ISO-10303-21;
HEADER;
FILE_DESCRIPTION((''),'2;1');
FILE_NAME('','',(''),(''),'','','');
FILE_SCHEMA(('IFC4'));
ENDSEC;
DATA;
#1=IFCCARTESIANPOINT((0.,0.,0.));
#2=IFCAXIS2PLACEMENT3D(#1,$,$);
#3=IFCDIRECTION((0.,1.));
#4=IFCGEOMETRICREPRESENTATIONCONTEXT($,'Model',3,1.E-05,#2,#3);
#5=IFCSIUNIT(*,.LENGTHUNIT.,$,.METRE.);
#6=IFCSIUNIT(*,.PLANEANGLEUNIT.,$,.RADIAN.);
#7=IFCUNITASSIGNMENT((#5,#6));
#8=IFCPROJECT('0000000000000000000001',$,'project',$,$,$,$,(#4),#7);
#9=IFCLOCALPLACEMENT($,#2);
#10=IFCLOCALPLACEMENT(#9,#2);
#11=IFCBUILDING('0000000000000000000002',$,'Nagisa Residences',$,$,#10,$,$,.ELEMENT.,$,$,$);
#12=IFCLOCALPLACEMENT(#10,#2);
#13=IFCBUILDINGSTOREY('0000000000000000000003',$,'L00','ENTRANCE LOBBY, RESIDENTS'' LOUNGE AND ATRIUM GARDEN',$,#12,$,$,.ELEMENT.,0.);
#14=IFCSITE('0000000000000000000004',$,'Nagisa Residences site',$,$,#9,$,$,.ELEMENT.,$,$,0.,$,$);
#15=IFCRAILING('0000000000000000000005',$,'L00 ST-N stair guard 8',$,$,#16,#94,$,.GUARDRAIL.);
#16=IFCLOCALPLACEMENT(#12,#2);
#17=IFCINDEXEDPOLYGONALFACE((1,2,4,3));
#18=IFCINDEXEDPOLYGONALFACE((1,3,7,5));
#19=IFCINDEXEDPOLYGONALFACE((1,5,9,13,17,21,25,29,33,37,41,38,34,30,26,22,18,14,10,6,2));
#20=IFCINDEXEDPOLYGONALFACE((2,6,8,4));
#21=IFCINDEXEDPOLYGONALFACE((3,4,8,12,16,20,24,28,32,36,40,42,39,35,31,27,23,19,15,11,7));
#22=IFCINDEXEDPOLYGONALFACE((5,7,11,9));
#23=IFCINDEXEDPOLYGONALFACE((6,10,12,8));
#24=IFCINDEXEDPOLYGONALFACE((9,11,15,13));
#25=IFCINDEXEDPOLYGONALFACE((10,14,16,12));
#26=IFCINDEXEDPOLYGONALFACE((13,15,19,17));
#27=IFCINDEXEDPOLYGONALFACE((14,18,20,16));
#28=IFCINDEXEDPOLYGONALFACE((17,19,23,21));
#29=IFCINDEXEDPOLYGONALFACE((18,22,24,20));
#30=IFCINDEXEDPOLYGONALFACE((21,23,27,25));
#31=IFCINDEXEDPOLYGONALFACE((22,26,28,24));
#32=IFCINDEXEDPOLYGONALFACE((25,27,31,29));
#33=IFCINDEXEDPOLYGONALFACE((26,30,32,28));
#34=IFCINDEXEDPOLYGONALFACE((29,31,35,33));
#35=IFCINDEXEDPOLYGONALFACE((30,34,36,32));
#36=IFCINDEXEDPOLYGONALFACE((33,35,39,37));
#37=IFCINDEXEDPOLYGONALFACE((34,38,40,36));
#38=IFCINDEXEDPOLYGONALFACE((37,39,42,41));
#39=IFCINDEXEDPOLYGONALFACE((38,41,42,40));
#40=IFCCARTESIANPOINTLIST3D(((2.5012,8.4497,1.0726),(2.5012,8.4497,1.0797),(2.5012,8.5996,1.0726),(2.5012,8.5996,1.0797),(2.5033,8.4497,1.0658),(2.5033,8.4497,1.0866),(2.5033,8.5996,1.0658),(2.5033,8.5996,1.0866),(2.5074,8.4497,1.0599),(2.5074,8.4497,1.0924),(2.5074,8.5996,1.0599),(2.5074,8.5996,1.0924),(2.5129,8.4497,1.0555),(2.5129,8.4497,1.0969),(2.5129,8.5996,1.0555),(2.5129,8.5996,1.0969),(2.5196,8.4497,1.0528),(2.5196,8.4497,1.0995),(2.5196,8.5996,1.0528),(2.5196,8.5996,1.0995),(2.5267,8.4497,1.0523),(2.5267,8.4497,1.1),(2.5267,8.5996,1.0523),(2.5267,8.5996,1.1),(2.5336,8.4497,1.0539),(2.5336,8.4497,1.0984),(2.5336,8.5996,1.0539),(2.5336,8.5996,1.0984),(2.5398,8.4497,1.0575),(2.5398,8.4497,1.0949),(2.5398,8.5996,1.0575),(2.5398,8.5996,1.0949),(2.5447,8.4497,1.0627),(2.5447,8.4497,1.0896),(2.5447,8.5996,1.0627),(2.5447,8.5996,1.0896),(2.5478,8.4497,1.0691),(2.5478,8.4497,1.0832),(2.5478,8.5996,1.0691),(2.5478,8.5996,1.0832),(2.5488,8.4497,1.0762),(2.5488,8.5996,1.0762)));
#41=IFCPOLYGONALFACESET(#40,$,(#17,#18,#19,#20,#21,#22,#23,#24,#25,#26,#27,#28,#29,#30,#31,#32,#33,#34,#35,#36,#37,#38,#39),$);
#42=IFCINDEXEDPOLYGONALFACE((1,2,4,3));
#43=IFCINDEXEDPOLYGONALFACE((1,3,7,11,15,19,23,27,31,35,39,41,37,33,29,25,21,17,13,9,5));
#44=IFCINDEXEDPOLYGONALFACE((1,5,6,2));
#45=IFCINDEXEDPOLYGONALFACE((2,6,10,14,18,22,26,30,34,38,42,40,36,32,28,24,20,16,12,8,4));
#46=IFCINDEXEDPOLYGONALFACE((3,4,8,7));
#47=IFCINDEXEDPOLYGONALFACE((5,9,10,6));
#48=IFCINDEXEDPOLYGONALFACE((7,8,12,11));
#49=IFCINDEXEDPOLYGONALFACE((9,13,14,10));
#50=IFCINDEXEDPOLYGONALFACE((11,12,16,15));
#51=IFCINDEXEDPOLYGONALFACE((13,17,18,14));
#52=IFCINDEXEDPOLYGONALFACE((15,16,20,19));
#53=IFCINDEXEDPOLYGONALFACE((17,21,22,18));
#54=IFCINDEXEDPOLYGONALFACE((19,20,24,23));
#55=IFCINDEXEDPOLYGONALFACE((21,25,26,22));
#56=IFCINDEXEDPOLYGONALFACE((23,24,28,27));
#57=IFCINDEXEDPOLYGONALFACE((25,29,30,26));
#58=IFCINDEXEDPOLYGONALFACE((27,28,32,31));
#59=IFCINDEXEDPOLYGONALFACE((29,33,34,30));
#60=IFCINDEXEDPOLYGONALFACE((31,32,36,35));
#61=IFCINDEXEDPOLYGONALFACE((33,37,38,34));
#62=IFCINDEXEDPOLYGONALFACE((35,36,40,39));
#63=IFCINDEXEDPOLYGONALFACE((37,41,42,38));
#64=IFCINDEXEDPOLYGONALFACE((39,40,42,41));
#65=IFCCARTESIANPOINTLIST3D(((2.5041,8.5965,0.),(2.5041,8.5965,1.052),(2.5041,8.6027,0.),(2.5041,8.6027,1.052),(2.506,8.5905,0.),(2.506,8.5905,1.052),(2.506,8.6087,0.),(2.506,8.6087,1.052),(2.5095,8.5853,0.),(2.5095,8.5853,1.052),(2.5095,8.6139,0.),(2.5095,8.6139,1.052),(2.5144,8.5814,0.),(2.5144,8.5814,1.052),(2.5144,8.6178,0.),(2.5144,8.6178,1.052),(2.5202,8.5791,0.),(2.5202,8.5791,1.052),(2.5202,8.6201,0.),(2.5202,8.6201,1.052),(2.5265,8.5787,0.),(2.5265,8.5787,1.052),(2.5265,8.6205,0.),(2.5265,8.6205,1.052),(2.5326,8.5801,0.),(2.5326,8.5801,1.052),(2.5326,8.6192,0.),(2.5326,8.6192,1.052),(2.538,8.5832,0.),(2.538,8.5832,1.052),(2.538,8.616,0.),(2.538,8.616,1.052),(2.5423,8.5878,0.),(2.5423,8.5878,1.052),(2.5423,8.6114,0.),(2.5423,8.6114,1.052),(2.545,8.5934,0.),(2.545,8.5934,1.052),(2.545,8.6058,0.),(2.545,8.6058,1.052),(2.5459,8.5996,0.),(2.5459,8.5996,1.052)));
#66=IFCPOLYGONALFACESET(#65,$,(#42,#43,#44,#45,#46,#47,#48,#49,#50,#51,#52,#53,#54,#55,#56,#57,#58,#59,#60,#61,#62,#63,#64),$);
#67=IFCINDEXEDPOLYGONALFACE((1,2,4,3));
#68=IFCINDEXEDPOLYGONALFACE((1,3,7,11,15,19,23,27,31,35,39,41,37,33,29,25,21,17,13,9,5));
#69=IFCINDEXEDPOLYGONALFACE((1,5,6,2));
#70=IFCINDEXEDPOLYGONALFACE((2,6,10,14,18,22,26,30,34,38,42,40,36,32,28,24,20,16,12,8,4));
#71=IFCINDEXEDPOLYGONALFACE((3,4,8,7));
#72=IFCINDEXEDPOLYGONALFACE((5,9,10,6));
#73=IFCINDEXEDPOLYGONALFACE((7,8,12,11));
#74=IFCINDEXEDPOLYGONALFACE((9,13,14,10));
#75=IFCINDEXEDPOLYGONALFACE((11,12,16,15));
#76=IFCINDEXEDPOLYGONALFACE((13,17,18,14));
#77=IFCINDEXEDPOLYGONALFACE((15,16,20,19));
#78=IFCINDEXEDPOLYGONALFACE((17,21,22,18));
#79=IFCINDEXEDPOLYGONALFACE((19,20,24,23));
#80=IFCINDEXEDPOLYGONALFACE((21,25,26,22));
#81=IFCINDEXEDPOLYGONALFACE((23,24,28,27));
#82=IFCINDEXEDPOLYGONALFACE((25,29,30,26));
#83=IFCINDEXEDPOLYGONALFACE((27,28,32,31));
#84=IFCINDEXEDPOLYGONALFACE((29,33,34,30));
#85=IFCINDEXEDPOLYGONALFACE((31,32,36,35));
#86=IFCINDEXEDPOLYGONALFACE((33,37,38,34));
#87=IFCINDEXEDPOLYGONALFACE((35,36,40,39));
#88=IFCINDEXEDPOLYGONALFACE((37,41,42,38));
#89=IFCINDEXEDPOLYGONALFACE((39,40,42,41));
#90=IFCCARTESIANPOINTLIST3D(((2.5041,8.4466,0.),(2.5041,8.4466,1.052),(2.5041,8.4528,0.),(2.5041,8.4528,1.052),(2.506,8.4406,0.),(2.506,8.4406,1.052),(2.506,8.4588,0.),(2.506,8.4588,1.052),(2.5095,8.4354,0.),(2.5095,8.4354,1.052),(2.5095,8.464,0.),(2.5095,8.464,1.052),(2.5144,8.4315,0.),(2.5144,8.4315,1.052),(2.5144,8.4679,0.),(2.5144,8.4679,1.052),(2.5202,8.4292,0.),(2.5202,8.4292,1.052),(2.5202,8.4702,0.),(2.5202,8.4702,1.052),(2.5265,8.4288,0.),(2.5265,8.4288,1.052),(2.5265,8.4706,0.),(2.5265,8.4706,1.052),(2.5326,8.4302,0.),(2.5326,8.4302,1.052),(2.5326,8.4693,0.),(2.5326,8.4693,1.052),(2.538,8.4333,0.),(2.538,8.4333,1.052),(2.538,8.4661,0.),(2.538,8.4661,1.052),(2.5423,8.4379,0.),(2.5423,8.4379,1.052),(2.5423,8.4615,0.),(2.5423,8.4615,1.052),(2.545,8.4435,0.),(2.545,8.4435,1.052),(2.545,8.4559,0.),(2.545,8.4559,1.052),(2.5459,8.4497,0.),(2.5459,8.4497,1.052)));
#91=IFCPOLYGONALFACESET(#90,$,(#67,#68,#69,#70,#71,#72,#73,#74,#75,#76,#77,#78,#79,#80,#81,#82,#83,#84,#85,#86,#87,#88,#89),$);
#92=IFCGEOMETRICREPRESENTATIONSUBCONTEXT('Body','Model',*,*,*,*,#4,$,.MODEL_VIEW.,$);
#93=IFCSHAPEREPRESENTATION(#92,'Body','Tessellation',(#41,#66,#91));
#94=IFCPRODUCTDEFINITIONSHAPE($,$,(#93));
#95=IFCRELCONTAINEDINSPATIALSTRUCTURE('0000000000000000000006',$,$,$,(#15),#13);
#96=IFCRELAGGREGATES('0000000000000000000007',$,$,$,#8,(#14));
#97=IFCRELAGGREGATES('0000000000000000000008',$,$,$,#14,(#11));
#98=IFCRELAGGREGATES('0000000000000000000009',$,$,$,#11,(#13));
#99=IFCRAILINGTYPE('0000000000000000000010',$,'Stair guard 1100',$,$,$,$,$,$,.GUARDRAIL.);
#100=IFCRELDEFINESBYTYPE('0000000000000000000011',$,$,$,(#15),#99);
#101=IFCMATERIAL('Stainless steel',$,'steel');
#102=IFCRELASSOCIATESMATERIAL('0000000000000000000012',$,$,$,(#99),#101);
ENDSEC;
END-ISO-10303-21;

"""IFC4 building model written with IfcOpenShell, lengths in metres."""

from ifc_helpers import new_model, si_unit, direction, frame, origin, origin_2d, place, context, subcontext, project, spatial, circle, extrude, material, type_object, element, save


model = new_model("IFC4")

# Units and contexts
model_context = context("Model", 3, precision=1e-05, world=origin(), true_north=direction((0.0, 1.0)))
body_context = subcontext(model_context, "Body", "Model", "MODEL_VIEW")
ifc_project = project(units=[si_unit("LENGTHUNIT", "METRE"), si_unit("PLANEANGLEUNIT", "RADIAN")], contexts=[model_context])

# Site, building, storey
site_placement = place(None, origin())
site = spatial("IfcSite", under=ifc_project, at=site_placement, Name="Nagisa Residences site", CompositionType="ELEMENT", RefElevation=0.0)
building_placement = place(site_placement, origin())
building = spatial("IfcBuilding", under=site, at=building_placement, Name="Nagisa Residences", CompositionType="ELEMENT")
storey_placement = place(building_placement, origin())
storey = spatial("IfcBuildingStorey", under=building, at=storey_placement, Name="L00", Description="ENTRANCE LOBBY, RESIDENTS' LOUNGE AND ATRIUM GARDEN", CompositionType="ELEMENT", Elevation=0.0)

# Railing
ifc_material_1 = material(Name="Stainless steel", Category="steel")
railing_type_1 = type_object("IfcRailingType", Name="Stair guard 1100", PredefinedType="GUARDRAIL", material=ifc_material_1)
railing_1_placement = place(storey_placement, frame((2.5249, 8.5996, 0.0)))
element("IfcRailing", 1, at=railing_1_placement, inside=storey, type_object=railing_type_1, Name="L00 ST-N stair guard 8", PredefinedType="GUARDRAIL", context=body_context, shape_type="SweptSolid", body=[
    extrude(circle(Radius=0.0239, at=origin_2d()), frame((0.0, 0.0, 1.0762), z_axis=(0.0, -1.0, 0.0), x_axis=(1.0, 0.0, 0.0)), (0.0, 0.0, 1.0), 0.1499),
    extrude(circle(Radius=0.021, at=origin_2d()), origin(), (0.0, 0.0, 1.0), 1.052),
    extrude(circle(Radius=0.021, at=origin_2d()), frame((0.0, -0.1499, 0.0)), (0.0, 0.0, 1.0), 1.052),
])

save(model, "model.ifc")
